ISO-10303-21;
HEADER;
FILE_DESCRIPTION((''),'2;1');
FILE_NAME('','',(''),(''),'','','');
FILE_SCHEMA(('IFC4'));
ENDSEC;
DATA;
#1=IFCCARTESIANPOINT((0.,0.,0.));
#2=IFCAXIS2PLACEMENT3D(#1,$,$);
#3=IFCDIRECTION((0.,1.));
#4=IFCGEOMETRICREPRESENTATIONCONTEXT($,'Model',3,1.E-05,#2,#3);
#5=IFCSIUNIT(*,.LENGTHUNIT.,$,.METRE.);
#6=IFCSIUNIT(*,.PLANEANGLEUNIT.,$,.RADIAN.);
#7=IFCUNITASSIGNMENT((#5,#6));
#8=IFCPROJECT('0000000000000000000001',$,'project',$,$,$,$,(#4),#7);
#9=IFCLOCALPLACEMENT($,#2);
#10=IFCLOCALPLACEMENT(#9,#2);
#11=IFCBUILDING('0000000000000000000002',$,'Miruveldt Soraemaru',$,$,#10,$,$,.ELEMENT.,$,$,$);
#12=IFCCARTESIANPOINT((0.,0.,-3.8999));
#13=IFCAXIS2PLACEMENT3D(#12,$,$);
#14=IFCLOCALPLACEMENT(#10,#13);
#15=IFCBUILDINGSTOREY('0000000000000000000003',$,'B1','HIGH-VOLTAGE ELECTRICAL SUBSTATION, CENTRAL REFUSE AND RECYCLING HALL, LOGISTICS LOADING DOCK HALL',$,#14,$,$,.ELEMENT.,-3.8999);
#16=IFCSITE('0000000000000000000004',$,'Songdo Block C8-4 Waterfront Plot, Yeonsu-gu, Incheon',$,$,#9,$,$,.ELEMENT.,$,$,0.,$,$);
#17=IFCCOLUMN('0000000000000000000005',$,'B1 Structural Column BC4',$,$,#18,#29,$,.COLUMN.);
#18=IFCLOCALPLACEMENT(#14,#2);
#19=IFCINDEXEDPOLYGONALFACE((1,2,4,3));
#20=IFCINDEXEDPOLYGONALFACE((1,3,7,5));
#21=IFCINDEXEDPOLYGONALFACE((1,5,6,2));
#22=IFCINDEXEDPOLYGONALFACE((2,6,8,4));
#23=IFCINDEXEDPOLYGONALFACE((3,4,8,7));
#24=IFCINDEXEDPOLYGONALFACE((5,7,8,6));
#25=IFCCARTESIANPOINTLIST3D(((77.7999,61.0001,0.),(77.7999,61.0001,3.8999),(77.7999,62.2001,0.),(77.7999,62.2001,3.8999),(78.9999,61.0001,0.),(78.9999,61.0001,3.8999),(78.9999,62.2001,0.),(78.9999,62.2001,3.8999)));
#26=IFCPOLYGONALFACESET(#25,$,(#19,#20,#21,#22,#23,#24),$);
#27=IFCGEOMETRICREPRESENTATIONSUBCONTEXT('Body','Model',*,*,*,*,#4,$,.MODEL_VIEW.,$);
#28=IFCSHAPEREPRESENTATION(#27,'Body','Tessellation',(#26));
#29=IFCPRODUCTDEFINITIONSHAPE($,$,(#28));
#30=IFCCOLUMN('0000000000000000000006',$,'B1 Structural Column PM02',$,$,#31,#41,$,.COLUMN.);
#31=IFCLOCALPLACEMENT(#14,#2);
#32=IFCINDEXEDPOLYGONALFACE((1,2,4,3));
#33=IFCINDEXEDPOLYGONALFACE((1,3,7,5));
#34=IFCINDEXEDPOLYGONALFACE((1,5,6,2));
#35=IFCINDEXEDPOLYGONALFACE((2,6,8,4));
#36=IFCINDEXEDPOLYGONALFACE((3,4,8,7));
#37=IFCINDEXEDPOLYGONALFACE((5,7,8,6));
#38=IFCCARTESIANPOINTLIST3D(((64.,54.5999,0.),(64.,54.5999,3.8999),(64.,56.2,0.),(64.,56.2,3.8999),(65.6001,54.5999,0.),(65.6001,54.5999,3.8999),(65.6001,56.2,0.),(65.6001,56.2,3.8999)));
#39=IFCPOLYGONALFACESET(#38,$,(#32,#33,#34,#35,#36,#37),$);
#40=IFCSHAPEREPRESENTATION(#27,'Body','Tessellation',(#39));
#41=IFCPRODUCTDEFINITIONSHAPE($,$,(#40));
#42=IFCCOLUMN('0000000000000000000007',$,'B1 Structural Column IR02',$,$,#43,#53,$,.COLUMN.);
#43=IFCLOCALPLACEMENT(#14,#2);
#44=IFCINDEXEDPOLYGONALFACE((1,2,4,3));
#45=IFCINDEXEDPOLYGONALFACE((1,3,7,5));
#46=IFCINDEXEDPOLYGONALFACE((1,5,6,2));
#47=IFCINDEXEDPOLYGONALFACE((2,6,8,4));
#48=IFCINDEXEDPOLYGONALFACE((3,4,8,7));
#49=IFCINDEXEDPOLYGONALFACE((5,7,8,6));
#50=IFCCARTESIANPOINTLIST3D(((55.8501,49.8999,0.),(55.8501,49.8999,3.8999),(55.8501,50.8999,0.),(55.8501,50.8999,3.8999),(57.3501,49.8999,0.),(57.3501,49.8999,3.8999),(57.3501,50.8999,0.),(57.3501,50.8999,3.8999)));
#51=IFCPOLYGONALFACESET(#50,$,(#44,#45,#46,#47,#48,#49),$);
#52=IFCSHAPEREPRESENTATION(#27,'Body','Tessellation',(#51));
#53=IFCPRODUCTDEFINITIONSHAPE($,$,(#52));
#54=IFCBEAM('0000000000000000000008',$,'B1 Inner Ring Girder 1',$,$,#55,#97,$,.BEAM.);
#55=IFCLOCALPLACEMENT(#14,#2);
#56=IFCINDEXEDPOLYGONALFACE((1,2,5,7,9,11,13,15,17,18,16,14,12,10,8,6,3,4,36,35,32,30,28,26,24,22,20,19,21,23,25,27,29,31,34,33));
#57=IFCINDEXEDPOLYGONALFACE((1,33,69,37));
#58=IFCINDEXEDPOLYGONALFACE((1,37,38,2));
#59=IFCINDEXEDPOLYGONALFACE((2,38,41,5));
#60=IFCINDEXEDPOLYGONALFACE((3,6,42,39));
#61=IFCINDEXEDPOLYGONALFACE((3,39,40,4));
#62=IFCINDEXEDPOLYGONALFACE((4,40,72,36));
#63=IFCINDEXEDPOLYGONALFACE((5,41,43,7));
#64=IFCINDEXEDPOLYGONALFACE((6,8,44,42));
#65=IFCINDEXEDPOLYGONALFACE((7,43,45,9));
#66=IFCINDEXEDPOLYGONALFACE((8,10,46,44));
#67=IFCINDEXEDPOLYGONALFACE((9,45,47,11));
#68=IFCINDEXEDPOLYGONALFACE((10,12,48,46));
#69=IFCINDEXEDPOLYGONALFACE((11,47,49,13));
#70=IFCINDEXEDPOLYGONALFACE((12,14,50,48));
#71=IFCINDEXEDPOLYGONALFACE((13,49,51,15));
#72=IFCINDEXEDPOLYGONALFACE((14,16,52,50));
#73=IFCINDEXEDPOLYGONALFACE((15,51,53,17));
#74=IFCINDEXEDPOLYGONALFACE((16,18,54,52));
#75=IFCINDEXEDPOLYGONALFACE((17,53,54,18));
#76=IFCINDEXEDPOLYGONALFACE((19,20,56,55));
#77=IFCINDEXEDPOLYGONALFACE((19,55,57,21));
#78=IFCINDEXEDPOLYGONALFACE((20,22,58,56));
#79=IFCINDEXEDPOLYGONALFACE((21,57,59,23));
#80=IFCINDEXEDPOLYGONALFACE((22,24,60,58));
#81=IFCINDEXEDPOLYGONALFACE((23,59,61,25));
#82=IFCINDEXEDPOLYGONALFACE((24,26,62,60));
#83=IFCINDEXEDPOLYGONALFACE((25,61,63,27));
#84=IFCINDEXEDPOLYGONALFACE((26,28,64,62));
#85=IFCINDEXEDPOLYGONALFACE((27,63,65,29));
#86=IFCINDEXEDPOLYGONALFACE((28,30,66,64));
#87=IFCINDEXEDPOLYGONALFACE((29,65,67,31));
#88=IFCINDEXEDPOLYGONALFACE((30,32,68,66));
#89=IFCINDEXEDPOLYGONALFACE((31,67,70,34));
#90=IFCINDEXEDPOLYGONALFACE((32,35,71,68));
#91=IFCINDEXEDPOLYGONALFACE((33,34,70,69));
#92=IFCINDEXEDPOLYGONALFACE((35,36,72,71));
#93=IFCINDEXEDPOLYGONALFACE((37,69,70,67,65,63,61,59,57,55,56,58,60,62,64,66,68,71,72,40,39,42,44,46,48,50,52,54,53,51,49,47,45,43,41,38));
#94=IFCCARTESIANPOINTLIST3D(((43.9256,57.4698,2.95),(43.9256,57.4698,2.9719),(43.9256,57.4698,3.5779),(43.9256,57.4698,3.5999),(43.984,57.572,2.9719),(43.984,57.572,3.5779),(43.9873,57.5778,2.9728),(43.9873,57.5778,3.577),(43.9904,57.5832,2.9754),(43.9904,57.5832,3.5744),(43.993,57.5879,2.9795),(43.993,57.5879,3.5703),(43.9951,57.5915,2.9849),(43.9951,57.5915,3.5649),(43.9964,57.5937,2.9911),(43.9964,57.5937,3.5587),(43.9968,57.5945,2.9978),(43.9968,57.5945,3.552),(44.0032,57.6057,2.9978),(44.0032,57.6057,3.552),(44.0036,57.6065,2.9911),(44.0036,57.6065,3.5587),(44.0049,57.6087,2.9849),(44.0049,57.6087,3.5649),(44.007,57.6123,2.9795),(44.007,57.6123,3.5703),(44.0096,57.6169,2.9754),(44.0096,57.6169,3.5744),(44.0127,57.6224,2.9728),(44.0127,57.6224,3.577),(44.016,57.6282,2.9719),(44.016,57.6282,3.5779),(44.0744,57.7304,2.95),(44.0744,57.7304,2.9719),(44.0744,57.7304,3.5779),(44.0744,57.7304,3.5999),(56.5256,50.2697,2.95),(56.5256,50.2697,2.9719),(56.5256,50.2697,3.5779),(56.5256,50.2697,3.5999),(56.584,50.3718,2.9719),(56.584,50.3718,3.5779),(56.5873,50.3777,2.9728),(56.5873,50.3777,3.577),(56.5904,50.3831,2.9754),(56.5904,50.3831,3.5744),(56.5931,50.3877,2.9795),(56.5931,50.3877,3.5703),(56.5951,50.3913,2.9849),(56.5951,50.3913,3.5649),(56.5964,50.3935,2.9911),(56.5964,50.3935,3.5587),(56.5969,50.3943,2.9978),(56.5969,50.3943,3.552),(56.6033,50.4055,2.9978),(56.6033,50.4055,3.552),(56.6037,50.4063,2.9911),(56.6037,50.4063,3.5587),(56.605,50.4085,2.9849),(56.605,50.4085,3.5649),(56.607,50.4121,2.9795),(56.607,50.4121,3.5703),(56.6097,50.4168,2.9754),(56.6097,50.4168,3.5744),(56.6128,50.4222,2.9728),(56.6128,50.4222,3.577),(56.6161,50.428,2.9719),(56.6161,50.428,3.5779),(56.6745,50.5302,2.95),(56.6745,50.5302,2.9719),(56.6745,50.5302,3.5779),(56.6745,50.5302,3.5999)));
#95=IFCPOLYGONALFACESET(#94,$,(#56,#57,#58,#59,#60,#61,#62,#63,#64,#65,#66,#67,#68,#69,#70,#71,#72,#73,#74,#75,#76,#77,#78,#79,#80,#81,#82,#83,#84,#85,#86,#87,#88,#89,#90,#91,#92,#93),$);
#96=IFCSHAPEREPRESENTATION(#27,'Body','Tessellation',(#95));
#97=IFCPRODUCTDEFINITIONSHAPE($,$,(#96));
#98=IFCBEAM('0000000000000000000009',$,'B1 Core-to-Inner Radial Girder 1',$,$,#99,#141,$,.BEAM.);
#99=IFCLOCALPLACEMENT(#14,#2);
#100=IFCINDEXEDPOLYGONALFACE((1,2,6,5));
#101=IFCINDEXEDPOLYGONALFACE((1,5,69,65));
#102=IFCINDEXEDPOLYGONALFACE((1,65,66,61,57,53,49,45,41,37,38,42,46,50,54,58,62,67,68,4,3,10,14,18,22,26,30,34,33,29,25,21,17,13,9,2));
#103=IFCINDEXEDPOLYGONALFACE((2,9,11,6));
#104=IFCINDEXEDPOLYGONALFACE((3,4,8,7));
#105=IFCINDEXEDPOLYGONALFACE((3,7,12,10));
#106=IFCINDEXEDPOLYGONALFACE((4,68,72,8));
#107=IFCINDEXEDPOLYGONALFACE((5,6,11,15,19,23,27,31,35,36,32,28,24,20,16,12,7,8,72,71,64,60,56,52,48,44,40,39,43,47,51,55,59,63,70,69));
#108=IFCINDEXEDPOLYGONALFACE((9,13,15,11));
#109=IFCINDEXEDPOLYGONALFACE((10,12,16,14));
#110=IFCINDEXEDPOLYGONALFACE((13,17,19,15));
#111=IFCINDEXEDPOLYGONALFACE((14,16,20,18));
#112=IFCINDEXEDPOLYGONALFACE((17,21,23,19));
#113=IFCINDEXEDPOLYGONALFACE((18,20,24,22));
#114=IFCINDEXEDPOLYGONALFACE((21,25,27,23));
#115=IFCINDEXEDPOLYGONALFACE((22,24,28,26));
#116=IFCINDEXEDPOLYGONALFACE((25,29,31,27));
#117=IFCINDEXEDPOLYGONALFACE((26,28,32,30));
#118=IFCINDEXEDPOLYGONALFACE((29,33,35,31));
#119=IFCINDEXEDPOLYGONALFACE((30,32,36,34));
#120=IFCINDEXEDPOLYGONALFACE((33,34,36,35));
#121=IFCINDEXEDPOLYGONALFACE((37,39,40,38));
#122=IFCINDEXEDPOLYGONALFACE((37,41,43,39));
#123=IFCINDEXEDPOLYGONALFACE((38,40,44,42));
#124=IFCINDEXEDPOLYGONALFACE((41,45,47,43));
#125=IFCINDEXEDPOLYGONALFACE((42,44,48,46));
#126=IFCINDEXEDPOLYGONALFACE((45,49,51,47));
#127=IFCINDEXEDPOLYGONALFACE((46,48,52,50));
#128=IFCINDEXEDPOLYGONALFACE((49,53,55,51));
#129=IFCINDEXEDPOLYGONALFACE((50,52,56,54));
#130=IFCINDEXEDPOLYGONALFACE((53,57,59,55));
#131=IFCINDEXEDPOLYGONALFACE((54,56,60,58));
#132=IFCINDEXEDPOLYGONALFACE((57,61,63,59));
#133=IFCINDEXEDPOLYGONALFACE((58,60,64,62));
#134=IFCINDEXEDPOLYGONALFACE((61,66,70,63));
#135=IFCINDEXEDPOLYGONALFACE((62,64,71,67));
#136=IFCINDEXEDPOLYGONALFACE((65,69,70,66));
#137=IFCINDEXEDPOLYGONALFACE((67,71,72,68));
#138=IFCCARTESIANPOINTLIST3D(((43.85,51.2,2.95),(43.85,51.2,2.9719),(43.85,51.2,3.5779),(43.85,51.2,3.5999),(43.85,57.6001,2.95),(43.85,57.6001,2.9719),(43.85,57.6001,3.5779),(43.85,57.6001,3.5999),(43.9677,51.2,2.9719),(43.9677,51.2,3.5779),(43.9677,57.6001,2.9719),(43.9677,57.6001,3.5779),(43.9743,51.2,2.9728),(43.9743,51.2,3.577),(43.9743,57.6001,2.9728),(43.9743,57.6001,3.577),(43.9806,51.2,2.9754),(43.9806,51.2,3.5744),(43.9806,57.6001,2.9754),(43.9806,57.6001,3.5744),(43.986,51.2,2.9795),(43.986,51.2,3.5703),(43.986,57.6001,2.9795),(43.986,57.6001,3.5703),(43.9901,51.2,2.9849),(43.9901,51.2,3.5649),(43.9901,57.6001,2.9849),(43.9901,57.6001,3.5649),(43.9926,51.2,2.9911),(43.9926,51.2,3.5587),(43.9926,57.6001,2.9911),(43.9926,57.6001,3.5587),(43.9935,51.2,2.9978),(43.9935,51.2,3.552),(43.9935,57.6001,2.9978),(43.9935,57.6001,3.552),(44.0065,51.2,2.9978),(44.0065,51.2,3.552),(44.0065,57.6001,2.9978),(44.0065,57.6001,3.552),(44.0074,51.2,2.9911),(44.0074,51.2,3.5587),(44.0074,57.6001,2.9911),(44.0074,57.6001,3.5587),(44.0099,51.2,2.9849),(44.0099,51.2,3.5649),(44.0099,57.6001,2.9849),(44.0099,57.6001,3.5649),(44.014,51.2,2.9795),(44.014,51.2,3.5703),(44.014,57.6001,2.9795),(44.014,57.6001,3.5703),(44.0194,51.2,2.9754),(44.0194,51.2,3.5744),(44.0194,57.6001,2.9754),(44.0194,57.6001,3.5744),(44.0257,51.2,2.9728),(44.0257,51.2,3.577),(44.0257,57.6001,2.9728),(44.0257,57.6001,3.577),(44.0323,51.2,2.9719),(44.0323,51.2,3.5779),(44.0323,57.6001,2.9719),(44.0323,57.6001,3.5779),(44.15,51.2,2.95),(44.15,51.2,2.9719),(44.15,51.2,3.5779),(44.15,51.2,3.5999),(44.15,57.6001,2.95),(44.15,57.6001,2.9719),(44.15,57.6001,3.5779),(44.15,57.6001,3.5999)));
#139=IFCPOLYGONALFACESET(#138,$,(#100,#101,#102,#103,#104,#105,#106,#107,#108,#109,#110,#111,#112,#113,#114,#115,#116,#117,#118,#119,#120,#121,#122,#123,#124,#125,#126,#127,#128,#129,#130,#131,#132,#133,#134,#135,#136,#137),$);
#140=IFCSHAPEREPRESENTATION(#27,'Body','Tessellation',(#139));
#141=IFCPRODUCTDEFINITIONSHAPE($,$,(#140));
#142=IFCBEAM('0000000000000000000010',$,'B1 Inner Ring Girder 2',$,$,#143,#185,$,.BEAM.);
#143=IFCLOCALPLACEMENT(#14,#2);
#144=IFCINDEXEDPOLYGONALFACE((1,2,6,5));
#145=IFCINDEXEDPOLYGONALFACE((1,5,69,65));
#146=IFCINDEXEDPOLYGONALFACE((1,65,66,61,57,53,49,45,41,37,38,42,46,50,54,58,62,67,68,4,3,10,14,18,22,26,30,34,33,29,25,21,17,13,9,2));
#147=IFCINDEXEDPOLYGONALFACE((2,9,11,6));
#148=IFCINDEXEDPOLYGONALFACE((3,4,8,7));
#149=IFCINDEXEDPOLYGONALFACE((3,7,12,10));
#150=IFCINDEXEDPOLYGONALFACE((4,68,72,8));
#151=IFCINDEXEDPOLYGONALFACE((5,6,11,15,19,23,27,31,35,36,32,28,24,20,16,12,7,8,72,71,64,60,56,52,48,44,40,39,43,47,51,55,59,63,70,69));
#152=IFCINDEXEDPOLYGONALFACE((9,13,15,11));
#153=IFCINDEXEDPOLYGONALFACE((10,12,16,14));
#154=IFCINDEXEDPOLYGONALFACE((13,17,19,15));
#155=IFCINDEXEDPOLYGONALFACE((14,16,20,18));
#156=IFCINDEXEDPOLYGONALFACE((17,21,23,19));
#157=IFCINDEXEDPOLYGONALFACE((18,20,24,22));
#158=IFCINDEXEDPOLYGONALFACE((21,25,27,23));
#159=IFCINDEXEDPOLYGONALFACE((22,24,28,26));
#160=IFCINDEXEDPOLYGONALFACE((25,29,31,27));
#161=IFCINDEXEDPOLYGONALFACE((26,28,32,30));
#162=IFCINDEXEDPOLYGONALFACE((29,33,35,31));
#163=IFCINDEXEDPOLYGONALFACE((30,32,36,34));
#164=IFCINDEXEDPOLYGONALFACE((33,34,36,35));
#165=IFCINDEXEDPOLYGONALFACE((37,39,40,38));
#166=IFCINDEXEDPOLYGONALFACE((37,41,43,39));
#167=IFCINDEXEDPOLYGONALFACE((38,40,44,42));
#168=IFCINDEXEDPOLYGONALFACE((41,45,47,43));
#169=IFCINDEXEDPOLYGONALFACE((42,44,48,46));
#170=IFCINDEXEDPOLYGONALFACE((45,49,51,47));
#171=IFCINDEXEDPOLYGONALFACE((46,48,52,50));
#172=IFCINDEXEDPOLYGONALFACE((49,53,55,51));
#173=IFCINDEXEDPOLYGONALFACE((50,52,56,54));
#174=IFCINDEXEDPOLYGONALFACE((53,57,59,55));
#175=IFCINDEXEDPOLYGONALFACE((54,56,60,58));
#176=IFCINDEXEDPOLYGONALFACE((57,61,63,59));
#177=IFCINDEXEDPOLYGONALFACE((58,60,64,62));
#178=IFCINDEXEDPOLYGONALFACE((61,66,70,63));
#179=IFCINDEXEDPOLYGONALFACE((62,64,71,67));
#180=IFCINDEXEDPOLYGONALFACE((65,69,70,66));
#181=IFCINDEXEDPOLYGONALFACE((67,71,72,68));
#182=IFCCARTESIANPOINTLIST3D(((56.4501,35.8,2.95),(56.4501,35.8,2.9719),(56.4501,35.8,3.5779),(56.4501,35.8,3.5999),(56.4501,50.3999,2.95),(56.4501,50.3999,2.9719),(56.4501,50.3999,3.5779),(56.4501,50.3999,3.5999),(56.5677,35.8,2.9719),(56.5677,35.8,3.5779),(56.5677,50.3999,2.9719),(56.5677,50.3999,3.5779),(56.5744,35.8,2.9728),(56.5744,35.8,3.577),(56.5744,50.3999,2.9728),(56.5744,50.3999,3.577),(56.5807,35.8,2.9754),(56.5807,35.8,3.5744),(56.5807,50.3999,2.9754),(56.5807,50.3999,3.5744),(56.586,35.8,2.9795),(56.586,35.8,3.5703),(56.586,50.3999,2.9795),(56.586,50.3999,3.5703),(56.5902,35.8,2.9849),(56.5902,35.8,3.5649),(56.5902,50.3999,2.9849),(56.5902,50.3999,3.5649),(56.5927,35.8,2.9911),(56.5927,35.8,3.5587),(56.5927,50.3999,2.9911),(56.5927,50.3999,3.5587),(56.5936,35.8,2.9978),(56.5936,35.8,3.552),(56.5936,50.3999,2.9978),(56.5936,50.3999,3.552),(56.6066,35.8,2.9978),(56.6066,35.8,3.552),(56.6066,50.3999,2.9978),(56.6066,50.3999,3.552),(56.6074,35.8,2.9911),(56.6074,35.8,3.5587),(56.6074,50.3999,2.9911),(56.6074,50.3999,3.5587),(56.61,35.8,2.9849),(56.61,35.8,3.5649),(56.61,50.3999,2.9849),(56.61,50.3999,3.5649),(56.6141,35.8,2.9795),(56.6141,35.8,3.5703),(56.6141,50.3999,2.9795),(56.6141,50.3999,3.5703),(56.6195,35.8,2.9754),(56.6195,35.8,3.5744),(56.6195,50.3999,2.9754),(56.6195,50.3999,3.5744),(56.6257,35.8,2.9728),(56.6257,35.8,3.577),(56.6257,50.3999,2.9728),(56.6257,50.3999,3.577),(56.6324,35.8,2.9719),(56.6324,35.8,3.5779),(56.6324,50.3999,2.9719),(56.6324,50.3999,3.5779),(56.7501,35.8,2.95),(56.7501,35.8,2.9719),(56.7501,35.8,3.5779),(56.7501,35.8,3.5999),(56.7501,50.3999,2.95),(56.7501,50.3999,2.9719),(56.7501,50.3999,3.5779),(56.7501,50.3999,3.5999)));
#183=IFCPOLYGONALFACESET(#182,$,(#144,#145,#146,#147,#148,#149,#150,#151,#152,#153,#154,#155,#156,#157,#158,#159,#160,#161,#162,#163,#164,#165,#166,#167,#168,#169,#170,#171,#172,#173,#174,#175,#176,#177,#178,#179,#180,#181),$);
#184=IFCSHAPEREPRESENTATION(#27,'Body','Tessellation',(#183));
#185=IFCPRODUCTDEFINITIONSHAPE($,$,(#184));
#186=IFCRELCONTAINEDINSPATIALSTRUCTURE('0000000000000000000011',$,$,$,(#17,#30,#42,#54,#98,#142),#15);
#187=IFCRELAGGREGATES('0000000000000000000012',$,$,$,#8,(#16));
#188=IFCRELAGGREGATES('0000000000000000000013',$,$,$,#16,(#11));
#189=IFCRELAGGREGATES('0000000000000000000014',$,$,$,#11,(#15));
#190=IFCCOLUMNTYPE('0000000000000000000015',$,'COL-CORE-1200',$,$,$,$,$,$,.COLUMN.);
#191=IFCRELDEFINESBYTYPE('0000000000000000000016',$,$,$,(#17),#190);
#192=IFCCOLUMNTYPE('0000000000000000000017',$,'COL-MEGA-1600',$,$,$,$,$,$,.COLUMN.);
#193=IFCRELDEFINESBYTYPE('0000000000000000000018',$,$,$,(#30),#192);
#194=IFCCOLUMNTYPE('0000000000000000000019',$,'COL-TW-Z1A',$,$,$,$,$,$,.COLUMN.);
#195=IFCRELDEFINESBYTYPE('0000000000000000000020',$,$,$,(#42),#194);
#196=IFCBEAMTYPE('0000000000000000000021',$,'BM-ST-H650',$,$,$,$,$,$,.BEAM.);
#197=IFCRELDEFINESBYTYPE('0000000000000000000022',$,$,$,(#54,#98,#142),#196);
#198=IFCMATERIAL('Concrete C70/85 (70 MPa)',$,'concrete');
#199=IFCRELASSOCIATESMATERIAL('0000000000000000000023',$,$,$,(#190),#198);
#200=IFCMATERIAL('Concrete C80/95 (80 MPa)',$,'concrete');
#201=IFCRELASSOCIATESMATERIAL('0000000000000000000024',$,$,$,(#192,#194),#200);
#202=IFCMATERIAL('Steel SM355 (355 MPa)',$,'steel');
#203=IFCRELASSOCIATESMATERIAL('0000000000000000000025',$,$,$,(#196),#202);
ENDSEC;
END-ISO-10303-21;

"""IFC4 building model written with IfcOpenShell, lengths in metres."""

from ifc_helpers import new_model, si_unit, direction, frame, origin, origin_2d, place, context, subcontext, project, spatial, rectangle, i_section, extrude, material, material_profile, profile_set, type_object, element, save


model = new_model("IFC4")

# Units and contexts
model_context = context("Model", 3, precision=1e-05, world=origin(), true_north=direction((0.0, 1.0)))
body_context = subcontext(model_context, "Body", "Model", "MODEL_VIEW")
ifc_project = project(units=[si_unit("LENGTHUNIT", "METRE"), si_unit("PLANEANGLEUNIT", "RADIAN")], contexts=[model_context])

# Site, building, storey
site_placement = place(None, origin())
site = spatial("IfcSite", under=ifc_project, at=site_placement, Name="Songdo Block C8-4 Waterfront Plot, Yeonsu-gu, Incheon", CompositionType="ELEMENT", RefElevation=0.0)
building_placement = place(site_placement, origin())
building = spatial("IfcBuilding", under=site, at=building_placement, Name="Miruveldt Soraemaru", CompositionType="ELEMENT")
storey_placement = place(building_placement, frame((0.0, 0.0, -3.8999)))
storey = spatial("IfcBuildingStorey", under=building, at=storey_placement, Name="B1", Description="HIGH-VOLTAGE ELECTRICAL SUBSTATION, CENTRAL REFUSE AND RECYCLING HALL, LOGISTICS LOADING DOCK HALL", CompositionType="ELEMENT", Elevation=-3.8999)

# Columns
ifc_material_1 = material(Name="Concrete C70/85 (70 MPa)", Category="concrete")
ifc_material_profile_1 = material_profile(ifc_material_1, rectangle(XDim=1.2, YDim=1.2, at=origin_2d()), Name="Concrete C70/85 (70 MPa)", Category="concrete")
ifc_profile_set_1 = profile_set([ifc_material_profile_1], Name="Concrete C70/85 (70 MPa)")
column_type_1 = type_object("IfcColumnType", Name="COL-CORE-1200", PredefinedType="COLUMN", material=ifc_profile_set_1)
column_1_placement = place(storey_placement, frame((78.3999, 61.6001, 0.0), z_axis=(0.0, 0.0, 1.0), x_axis=(1.0, 0.0, 0.0)))
element("IfcColumn", 1, at=column_1_placement, inside=storey, type_object=column_type_1, Name="B1 Structural Column BC4", PredefinedType="COLUMN", context=body_context, shape_type="SweptSolid", body=[
    extrude(rectangle(XDim=1.2, YDim=1.2, at=origin_2d()), origin(), (0.0, 0.0, 1.0), 3.8999),
])
ifc_material_2 = material(Name="Concrete C80/95 (80 MPa)", Category="concrete")
ifc_material_profile_2 = material_profile(ifc_material_2, rectangle(XDim=1.6001, YDim=1.6001, at=origin_2d()), Name="Concrete C80/95 (80 MPa)", Category="concrete")
ifc_profile_set_2 = profile_set([ifc_material_profile_2], Name="Concrete C80/95 (80 MPa)")
column_type_2 = type_object("IfcColumnType", Name="COL-MEGA-1600", PredefinedType="COLUMN", material=ifc_profile_set_2)
column_2_placement = place(storey_placement, frame((64.8, 55.3999, 0.0), z_axis=(0.0, 0.0, 1.0), x_axis=(1.0, 0.0, 0.0)))
element("IfcColumn", 2, at=column_2_placement, inside=storey, type_object=column_type_2, Name="B1 Structural Column PM02", PredefinedType="COLUMN", context=body_context, shape_type="SweptSolid", body=[
    extrude(rectangle(XDim=1.6001, YDim=1.6001, at=origin_2d()), origin(), (0.0, 0.0, 1.0), 3.8999),
])
ifc_material_profile_3 = material_profile(ifc_material_2, rectangle(XDim=1.5, YDim=1.0, at=origin_2d()), Name="Concrete C80/95 (80 MPa)", Category="concrete")
ifc_profile_set_3 = profile_set([ifc_material_profile_3], Name="Concrete C80/95 (80 MPa)")
column_type_3 = type_object("IfcColumnType", Name="COL-TW-Z1A", PredefinedType="COLUMN", material=ifc_profile_set_3)
column_3_placement = place(storey_placement, frame((56.6001, 50.3999, 0.0), z_axis=(0.0, 0.0, 1.0), x_axis=(1.0, 0.0, 0.0)))
element("IfcColumn", 3, at=column_3_placement, inside=storey, type_object=column_type_3, Name="B1 Structural Column IR02", PredefinedType="COLUMN", context=body_context, shape_type="SweptSolid", body=[
    extrude(rectangle(XDim=1.5, YDim=1.0, at=origin_2d()), origin(), (0.0, 0.0, 1.0), 3.8999),
])

# Beams
ifc_material_3 = material(Name="Steel SM355 (355 MPa)", Category="steel")
ifc_material_profile_4 = material_profile(ifc_material_3, i_section(OverallWidth=0.3, OverallDepth=0.6499, WebThickness=0.0129, FlangeThickness=0.022, FilletRadius=0.0259, at=origin_2d()), Name="Steel SM355 (355 MPa)", Category="steel")
ifc_profile_set_4 = profile_set([ifc_material_profile_4], Name="Steel SM355 (355 MPa)")
beam_type_1 = type_object("IfcBeamType", Name="BM-ST-H650", PredefinedType="BEAM", material=ifc_profile_set_4)
beam_1_placement = place(storey_placement, frame((44.0, 57.6001, 3.2749), z_axis=(0.868239, -0.496146, 0.0), x_axis=(0.496146, 0.868239, 0.0)))
element("IfcBeam", 4, at=beam_1_placement, inside=storey, type_object=beam_type_1, Name="B1 Inner Ring Girder 1", PredefinedType="BEAM", context=body_context, shape_type="SweptSolid", body=[
    extrude(i_section(OverallWidth=0.3, OverallDepth=0.6499, WebThickness=0.0129, FlangeThickness=0.022, FilletRadius=0.0259, at=origin_2d()), origin(), (0.0, 0.0, 1.0), 14.5122),
])
beam_2_placement = place(storey_placement, frame((44.0, 51.2, 3.2749), z_axis=(0.0, 1.0, 0.0), x_axis=(-1.0, 0.0, 0.0)))
element("IfcBeam", 5, at=beam_2_placement, inside=storey, type_object=beam_type_1, Name="B1 Core-to-Inner Radial Girder 1", PredefinedType="BEAM", context=body_context, shape_type="SweptSolid", body=[
    extrude(i_section(OverallWidth=0.3, OverallDepth=0.6499, WebThickness=0.0129, FlangeThickness=0.022, FilletRadius=0.0259, at=origin_2d()), origin(), (0.0, 0.0, 1.0), 6.4001),
])
beam_3_placement = place(storey_placement, frame((56.6001, 50.3999, 3.2749), z_axis=(0.0, -1.0, 0.0), x_axis=(1.0, 0.0, 0.0)))
element("IfcBeam", 6, at=beam_3_placement, inside=storey, type_object=beam_type_1, Name="B1 Inner Ring Girder 2", PredefinedType="BEAM", context=body_context, shape_type="SweptSolid", body=[
    extrude(i_section(OverallWidth=0.3, OverallDepth=0.6499, WebThickness=0.0129, FlangeThickness=0.022, FilletRadius=0.0259, at=origin_2d()), origin(), (0.0, 0.0, 1.0), 14.5999),
])

save(model, "model.ifc")
